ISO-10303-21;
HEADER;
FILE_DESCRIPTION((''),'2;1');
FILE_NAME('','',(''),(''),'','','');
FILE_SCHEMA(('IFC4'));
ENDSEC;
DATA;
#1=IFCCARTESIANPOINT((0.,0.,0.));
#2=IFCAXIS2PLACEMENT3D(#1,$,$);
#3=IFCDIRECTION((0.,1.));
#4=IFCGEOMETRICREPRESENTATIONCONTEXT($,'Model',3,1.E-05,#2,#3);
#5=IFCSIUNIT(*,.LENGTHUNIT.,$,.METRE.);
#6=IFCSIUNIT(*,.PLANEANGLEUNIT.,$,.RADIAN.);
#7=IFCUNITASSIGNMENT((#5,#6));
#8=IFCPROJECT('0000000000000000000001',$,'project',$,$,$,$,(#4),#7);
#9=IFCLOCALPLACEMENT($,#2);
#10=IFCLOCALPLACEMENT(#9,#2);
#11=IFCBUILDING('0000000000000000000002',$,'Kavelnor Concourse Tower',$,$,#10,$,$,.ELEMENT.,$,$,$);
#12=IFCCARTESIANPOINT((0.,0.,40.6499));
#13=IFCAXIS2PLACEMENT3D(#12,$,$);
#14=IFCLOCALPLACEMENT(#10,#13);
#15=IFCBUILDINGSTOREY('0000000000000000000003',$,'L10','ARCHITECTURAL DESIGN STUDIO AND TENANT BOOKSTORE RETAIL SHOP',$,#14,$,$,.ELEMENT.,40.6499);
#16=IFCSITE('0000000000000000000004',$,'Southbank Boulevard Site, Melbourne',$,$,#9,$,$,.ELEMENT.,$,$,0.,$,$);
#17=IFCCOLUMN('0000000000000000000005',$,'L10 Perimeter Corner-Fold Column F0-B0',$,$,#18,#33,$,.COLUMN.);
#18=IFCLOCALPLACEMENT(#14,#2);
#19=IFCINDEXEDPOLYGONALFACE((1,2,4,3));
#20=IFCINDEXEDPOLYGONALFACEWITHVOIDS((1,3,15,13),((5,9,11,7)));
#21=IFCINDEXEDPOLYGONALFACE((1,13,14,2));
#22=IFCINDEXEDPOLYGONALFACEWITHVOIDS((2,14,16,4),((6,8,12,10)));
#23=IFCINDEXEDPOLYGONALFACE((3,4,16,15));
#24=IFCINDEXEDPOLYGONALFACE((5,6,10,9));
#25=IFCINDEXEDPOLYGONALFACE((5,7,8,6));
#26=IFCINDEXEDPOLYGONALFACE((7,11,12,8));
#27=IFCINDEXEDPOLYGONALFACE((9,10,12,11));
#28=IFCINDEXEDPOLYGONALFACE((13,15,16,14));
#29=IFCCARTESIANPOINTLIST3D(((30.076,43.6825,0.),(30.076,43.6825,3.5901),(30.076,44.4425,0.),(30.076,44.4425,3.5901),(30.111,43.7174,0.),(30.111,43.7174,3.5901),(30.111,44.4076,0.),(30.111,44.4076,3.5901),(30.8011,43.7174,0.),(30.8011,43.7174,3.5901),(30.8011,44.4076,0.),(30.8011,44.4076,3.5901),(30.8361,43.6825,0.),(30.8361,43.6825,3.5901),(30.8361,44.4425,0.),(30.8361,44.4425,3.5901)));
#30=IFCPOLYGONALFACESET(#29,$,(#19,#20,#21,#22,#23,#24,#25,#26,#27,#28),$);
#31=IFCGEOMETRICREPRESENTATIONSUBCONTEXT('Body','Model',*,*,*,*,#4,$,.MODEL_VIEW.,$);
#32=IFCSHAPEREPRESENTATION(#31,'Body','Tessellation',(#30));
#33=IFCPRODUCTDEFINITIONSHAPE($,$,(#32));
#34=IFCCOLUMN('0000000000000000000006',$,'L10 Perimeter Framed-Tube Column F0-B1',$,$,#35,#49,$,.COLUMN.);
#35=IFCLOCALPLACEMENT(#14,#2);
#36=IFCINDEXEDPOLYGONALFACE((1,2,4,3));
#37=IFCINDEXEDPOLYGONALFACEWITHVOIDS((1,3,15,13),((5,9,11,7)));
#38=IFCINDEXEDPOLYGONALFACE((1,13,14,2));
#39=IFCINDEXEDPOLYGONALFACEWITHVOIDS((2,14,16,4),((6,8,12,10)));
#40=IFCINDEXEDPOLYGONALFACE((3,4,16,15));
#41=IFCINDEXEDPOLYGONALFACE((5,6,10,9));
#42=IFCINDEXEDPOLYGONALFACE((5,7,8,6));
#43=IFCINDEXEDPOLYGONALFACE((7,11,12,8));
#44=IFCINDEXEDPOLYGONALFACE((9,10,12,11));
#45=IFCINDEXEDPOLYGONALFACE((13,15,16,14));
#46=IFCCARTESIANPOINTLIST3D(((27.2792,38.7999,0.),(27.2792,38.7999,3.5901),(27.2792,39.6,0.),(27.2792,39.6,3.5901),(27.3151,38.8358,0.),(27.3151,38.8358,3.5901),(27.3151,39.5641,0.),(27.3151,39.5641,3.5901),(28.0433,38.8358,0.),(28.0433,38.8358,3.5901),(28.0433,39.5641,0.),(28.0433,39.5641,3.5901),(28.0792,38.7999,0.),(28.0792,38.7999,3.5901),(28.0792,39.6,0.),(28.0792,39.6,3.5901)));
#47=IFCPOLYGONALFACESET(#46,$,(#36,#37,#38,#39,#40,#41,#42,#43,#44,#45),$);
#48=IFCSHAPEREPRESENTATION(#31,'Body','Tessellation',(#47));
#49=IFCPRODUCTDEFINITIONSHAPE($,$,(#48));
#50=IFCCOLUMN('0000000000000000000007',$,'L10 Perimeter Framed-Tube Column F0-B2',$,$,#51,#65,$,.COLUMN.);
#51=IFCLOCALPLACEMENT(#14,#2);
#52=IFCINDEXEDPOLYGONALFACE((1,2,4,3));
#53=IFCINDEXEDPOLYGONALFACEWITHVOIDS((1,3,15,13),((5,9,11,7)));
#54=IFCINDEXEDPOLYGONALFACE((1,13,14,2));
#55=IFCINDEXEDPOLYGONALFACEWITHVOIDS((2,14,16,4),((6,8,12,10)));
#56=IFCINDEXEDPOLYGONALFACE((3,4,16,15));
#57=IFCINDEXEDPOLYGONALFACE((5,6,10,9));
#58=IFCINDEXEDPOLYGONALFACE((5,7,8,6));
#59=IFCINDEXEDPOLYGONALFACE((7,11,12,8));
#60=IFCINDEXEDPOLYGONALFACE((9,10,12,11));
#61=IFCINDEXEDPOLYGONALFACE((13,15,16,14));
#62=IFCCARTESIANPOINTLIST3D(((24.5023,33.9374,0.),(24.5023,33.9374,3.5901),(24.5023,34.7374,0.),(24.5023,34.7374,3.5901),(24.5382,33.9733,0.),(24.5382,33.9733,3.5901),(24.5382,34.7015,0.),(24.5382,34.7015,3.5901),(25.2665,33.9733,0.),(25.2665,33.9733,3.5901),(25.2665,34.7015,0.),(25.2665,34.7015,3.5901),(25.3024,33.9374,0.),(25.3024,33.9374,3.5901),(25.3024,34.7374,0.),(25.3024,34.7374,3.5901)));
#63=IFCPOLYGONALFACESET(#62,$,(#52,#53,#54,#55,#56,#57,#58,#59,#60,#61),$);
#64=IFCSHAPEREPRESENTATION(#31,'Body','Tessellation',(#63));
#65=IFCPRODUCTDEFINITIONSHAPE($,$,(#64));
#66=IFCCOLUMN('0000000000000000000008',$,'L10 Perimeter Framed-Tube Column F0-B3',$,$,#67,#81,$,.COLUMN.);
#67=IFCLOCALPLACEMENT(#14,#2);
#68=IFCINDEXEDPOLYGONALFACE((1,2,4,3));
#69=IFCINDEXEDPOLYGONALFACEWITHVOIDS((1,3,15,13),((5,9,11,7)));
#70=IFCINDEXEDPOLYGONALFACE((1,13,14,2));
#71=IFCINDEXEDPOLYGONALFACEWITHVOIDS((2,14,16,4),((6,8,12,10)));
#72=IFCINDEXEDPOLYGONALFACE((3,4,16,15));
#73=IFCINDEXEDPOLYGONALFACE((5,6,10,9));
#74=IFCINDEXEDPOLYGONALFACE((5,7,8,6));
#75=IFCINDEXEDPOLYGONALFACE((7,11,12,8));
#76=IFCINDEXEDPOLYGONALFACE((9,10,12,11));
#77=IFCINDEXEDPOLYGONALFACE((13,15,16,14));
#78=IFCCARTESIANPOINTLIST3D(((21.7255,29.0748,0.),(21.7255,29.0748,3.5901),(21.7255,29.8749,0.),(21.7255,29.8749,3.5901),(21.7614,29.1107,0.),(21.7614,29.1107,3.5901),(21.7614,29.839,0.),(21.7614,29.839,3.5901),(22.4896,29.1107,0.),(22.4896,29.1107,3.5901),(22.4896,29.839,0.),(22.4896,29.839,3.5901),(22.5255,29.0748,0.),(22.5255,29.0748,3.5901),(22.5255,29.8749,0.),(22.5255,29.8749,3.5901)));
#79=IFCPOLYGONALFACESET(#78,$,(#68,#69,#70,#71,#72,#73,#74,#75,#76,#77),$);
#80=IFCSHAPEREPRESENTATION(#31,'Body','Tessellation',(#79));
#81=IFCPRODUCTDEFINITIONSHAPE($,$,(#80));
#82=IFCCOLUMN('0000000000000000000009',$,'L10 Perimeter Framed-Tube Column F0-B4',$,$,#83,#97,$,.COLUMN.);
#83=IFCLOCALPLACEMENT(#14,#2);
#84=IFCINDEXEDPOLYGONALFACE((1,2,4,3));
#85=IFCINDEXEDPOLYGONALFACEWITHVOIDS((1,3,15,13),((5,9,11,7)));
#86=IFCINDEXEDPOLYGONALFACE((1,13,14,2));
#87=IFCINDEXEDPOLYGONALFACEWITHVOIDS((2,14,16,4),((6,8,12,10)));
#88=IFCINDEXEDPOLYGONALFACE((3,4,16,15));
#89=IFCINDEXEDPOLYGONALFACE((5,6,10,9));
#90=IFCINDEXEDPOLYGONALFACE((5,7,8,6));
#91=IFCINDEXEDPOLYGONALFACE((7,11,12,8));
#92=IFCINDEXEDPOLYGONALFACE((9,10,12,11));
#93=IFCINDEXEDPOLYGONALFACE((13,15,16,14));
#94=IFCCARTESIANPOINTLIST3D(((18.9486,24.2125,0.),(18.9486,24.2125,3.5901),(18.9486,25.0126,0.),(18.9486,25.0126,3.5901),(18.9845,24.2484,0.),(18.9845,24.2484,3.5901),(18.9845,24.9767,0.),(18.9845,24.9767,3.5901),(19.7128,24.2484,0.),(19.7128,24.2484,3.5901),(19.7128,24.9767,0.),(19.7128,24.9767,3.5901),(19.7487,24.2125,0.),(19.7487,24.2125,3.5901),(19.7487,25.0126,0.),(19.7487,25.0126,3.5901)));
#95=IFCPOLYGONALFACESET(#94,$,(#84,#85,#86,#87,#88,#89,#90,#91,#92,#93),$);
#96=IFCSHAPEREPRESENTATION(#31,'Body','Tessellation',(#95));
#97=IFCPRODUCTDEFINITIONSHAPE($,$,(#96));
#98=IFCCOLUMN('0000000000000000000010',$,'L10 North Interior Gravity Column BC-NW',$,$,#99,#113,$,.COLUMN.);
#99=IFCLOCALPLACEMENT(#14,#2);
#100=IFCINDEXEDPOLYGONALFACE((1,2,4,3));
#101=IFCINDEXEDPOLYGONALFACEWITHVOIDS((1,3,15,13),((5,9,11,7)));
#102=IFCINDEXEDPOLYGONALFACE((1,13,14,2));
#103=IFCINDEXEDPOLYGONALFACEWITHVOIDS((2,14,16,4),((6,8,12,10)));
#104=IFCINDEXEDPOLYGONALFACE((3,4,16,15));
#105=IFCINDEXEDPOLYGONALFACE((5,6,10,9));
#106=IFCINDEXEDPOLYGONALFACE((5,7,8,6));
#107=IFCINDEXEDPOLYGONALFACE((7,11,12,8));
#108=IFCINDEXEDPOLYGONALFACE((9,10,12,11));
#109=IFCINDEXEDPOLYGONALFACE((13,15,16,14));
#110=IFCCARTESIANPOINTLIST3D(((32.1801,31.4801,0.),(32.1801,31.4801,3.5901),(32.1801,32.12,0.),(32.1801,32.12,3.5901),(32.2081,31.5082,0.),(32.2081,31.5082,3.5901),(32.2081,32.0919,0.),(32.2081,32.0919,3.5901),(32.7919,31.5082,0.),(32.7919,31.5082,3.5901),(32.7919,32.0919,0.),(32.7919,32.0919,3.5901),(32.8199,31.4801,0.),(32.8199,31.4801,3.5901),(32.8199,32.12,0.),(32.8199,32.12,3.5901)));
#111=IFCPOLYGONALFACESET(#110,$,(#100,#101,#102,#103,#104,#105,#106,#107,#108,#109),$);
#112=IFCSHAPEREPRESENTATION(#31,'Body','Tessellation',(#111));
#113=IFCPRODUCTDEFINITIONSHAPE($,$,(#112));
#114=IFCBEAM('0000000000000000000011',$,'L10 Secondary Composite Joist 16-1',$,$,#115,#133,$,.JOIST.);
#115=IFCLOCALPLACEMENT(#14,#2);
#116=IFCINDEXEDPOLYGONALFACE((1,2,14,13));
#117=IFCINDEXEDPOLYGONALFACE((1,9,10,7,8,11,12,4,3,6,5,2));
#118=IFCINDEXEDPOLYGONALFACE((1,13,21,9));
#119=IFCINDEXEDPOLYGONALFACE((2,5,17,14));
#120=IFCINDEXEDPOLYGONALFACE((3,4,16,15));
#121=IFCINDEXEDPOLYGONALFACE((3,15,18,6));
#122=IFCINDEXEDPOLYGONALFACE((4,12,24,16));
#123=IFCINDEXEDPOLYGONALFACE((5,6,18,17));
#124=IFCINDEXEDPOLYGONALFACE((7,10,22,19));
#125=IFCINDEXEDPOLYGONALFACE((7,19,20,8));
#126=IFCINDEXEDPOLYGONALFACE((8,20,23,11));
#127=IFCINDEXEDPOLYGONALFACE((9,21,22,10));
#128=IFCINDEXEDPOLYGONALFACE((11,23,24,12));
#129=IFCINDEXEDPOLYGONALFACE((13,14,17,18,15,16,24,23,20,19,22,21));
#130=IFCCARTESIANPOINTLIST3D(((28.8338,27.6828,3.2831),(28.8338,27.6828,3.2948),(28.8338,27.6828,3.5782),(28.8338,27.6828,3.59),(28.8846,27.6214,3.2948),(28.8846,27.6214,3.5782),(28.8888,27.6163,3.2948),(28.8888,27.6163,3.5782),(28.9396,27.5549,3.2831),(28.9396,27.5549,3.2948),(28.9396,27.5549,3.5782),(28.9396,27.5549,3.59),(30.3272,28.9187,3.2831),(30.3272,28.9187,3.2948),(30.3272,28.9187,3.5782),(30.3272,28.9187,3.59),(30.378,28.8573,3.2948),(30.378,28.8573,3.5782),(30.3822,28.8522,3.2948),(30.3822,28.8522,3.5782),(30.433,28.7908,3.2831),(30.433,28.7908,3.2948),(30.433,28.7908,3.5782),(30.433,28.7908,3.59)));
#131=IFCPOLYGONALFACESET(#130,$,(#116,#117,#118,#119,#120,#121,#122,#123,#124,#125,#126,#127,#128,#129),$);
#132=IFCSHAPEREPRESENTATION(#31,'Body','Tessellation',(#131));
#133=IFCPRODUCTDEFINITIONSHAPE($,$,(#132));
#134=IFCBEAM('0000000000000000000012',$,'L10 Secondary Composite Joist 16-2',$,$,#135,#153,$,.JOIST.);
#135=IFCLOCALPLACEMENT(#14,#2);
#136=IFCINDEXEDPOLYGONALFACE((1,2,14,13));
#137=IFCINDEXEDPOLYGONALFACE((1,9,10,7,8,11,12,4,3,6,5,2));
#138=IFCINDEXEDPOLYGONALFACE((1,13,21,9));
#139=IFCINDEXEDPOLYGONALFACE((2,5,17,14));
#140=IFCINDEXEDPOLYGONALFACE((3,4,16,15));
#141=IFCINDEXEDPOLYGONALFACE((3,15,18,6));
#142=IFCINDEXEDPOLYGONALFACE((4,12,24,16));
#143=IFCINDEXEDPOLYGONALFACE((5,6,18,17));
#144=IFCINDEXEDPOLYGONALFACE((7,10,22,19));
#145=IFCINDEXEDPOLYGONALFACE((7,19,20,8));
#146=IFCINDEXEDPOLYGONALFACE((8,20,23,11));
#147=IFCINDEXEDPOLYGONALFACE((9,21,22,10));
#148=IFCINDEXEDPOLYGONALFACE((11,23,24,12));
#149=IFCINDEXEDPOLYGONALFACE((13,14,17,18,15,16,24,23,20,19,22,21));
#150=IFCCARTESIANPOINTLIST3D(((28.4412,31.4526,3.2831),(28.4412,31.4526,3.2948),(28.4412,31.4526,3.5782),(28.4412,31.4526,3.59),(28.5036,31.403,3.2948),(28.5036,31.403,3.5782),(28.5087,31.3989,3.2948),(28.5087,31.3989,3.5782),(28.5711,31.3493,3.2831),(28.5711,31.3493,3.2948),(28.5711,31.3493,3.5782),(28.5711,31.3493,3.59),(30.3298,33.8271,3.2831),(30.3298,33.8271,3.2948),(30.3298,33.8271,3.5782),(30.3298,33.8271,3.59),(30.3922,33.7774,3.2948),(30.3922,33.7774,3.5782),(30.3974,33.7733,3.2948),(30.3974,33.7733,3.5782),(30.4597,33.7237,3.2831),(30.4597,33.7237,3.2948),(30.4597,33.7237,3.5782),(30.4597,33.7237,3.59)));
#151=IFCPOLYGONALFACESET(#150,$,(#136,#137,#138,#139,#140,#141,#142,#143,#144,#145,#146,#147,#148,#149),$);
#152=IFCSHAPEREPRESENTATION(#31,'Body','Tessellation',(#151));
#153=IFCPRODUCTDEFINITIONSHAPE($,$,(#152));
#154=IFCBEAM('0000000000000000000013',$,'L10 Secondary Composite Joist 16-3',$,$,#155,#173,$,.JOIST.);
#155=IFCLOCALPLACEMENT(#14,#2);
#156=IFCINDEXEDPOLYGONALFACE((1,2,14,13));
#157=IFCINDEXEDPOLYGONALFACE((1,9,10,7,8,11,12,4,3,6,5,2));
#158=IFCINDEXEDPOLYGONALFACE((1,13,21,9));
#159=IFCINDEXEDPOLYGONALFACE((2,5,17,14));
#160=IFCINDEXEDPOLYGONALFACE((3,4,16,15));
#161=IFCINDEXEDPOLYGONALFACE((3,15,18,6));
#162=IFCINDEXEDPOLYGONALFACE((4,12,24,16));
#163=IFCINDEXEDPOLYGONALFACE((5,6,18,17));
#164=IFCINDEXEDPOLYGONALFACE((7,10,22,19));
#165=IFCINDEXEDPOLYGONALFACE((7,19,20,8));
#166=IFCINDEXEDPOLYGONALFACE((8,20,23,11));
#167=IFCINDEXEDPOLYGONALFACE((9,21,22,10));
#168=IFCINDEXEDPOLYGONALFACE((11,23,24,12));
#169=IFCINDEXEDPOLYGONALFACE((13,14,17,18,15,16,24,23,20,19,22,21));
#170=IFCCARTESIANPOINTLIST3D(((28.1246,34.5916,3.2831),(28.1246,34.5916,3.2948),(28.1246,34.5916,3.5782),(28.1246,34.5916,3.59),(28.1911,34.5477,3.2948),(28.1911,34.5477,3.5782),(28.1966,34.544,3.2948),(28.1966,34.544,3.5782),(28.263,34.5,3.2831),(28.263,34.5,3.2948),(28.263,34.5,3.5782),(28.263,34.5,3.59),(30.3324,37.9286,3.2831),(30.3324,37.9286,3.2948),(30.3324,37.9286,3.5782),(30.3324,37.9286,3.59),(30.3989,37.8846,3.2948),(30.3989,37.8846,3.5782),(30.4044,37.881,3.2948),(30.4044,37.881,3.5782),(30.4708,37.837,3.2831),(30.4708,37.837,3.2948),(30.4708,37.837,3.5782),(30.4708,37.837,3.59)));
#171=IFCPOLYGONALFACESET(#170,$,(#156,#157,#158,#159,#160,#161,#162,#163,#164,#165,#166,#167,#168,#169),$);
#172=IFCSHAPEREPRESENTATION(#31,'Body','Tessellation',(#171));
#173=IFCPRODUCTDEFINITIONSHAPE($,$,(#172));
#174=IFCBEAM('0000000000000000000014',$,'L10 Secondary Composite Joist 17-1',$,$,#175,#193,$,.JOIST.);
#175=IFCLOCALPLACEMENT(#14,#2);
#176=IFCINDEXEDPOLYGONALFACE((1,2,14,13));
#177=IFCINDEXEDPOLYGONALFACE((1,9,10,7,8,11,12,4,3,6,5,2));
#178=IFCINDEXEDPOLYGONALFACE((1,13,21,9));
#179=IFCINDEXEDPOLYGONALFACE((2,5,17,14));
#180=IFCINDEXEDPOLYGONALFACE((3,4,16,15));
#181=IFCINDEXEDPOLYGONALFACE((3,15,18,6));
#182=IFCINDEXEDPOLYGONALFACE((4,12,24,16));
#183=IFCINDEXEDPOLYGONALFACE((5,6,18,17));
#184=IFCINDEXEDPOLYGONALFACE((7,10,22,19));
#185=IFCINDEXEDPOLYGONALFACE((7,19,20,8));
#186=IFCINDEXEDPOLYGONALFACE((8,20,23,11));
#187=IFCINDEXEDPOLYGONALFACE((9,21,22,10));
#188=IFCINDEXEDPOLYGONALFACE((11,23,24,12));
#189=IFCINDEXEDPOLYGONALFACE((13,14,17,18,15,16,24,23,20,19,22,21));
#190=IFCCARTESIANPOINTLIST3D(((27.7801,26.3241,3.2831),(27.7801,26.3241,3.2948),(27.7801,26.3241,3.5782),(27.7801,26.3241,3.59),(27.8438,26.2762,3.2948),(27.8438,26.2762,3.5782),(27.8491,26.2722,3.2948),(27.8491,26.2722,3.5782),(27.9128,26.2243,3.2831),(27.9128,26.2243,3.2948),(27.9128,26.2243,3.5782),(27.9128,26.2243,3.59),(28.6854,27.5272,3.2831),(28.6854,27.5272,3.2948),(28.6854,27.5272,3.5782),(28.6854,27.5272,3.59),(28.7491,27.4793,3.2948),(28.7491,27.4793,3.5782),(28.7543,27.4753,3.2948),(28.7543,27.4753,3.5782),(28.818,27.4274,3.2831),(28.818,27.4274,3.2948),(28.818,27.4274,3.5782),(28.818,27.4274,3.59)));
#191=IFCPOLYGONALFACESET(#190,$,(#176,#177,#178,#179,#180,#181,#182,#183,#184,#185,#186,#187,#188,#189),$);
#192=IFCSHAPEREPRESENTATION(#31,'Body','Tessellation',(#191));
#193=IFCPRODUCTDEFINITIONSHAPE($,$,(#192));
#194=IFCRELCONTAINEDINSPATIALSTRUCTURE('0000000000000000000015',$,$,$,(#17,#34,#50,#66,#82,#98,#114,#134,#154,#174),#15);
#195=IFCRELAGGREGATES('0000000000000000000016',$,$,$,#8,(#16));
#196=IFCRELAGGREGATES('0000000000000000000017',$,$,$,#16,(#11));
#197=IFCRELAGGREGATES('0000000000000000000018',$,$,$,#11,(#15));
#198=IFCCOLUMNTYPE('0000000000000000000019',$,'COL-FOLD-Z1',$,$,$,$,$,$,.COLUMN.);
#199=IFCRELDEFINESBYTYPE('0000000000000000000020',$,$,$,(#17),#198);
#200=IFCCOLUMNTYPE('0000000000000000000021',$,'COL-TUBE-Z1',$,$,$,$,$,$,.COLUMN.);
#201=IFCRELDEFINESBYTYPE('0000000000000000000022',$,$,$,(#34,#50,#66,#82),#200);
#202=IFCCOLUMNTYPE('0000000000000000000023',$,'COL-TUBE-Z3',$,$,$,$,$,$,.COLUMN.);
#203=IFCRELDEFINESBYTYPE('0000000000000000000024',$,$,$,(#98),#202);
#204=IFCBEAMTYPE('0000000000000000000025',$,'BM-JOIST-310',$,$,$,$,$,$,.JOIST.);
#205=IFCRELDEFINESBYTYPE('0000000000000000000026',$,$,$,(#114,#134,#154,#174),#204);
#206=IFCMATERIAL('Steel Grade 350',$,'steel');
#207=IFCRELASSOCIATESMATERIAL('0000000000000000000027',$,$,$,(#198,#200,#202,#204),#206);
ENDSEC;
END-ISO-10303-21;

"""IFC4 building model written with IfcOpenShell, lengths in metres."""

from ifc_helpers import new_model, si_unit, direction, frame, origin, origin_2d, place, context, subcontext, project, spatial, hollow_rectangle, i_section, extrude, material, material_profile, profile_set, type_object, element, save


model = new_model("IFC4")

# Units and contexts
model_context = context("Model", 3, precision=1e-05, world=origin(), true_north=direction((0.0, 1.0)))
body_context = subcontext(model_context, "Body", "Model", "MODEL_VIEW")
ifc_project = project(units=[si_unit("LENGTHUNIT", "METRE"), si_unit("PLANEANGLEUNIT", "RADIAN")], contexts=[model_context])

# Site, building, storey
site_placement = place(None, origin())
site = spatial("IfcSite", under=ifc_project, at=site_placement, Name="Southbank Boulevard Site, Melbourne", CompositionType="ELEMENT", RefElevation=0.0)
building_placement = place(site_placement, origin())
building = spatial("IfcBuilding", under=site, at=building_placement, Name="Kavelnor Concourse Tower", CompositionType="ELEMENT")
storey_placement = place(building_placement, frame((0.0, 0.0, 40.6499)))
storey = spatial("IfcBuildingStorey", under=building, at=storey_placement, Name="L10", Description="ARCHITECTURAL DESIGN STUDIO AND TENANT BOOKSTORE RETAIL SHOP", CompositionType="ELEMENT", Elevation=40.6499)

# Columns
ifc_material_1 = material(Name="Steel Grade 350", Category="steel")
ifc_material_profile_1 = material_profile(ifc_material_1, hollow_rectangle(XDim=0.76, YDim=0.76, WallThickness=0.0349, at=origin_2d()), Name="SHS 760x760x35")
ifc_profile_set_1 = profile_set([ifc_material_profile_1], Name="Steel Grade 350")
column_type_1 = type_object("IfcColumnType", Name="COL-FOLD-Z1", PredefinedType="COLUMN", material=ifc_profile_set_1)
column_1_placement = place(storey_placement, frame((30.4561, 44.0625, 0.0), z_axis=(0.0, 0.0, 1.0), x_axis=(1.0, 0.0, 0.0)))
element("IfcColumn", 1, at=column_1_placement, inside=storey, type_object=column_type_1, Name="L10 Perimeter Corner-Fold Column F0-B0", PredefinedType="COLUMN", context=body_context, shape_type="SweptSolid", body=[
    extrude(hollow_rectangle(XDim=0.76, YDim=0.76, WallThickness=0.0349, at=origin_2d()), origin(), (0.0, 0.0, 1.0), 3.5901),
])
ifc_material_profile_2 = material_profile(ifc_material_1, hollow_rectangle(XDim=0.8, YDim=0.8, WallThickness=0.0359, at=origin_2d()), Name="SHS 800x800x36")
ifc_profile_set_2 = profile_set([ifc_material_profile_2], Name="Steel Grade 350")
column_type_2 = type_object("IfcColumnType", Name="COL-TUBE-Z1", PredefinedType="COLUMN", material=ifc_profile_set_2)
for number, where, z_axis, x_axis, name in (
    (2, (27.6792, 39.2, 0.0), (0.0, 0.0, 1.0), (1.0, 0.0, 0.0), "L10 Perimeter Framed-Tube Column F0-B1"),
    (3, (24.9023, 34.3374, 0.0), (0.0, 0.0, 1.0), (1.0, 0.0, 0.0), "L10 Perimeter Framed-Tube Column F0-B2"),
    (4, (22.1255, 29.4749, 0.0), (0.0, 0.0, 1.0), (1.0, 0.0, 0.0), "L10 Perimeter Framed-Tube Column F0-B3"),
    (5, (19.3486, 24.6125, 0.0), (0.0, 0.0, 1.0), (1.0, 0.0, 0.0), "L10 Perimeter Framed-Tube Column F0-B4"),
):
    element("IfcColumn", number, at=place(storey_placement, frame(where, z_axis=z_axis, x_axis=x_axis)), inside=storey, type_object=column_type_2, Name=name, PredefinedType="COLUMN", context=body_context, shape_type="SweptSolid", body=[
        extrude(hollow_rectangle(XDim=0.8, YDim=0.8, WallThickness=0.0359, at=origin_2d()), origin(), (0.0, 0.0, 1.0), 3.5901),
    ])
ifc_material_profile_3 = material_profile(ifc_material_1, hollow_rectangle(XDim=0.6399, YDim=0.6399, WallThickness=0.0281, at=origin_2d()), Name="SHS 640x640x28")
ifc_profile_set_3 = profile_set([ifc_material_profile_3], Name="Steel Grade 350")
column_type_3 = type_object("IfcColumnType", Name="COL-TUBE-Z3", PredefinedType="COLUMN", material=ifc_profile_set_3)
column_2_placement = place(storey_placement, frame((32.5, 31.8, 0.0), z_axis=(0.0, 0.0, 1.0), x_axis=(1.0, 0.0, 0.0)))
element("IfcColumn", 6, at=column_2_placement, inside=storey, type_object=column_type_3, Name="L10 North Interior Gravity Column BC-NW", PredefinedType="COLUMN", context=body_context, shape_type="SweptSolid", body=[
    extrude(hollow_rectangle(XDim=0.6399, YDim=0.6399, WallThickness=0.0281, at=origin_2d()), origin(), (0.0, 0.0, 1.0), 3.5901),
])

# Beams
ifc_material_profile_4 = material_profile(ifc_material_1, i_section(OverallWidth=0.166, OverallDepth=0.3069, WebThickness=0.0066, FlangeThickness=0.0117, at=origin_2d()), Name="310UB46")
ifc_profile_set_4 = profile_set([ifc_material_profile_4], Name="Steel Grade 350")
beam_type_1 = type_object("IfcBeamType", Name="BM-JOIST-310", PredefinedType="JOIST", material=ifc_profile_set_4)
beam_1_placement = place(storey_placement, frame((30.3801, 28.8547, 3.4365), z_axis=(-0.770416, -0.637542, 0.0), x_axis=(0.637542, -0.770416, 0.0)))
element("IfcBeam", 7, at=beam_1_placement, inside=storey, type_object=beam_type_1, Name="L10 Secondary Composite Joist 16-1", PredefinedType="JOIST", context=body_context, shape_type="SweptSolid", body=[
    extrude(i_section(OverallWidth=0.166, OverallDepth=0.3069, WebThickness=0.0066, FlangeThickness=0.0117, at=origin_2d()), origin(), (0.0, 0.0, 1.0), 1.9385),
])
beam_2_placement = place(storey_placement, frame((30.3948, 33.7754, 3.4365), z_axis=(-0.622494, -0.782624, 0.0), x_axis=(0.782624, -0.622494, 0.0)))
element("IfcBeam", 8, at=beam_2_placement, inside=storey, type_object=beam_type_1, Name="L10 Secondary Composite Joist 16-2", PredefinedType="JOIST", context=body_context, shape_type="SweptSolid", body=[
    extrude(i_section(OverallWidth=0.166, OverallDepth=0.3069, WebThickness=0.0066, FlangeThickness=0.0117, at=origin_2d()), origin(), (0.0, 0.0, 1.0), 3.0339),
])
beam_3_placement = place(storey_placement, frame((30.4016, 37.8828, 3.4365), z_axis=(-0.551782, -0.833988, 0.0), x_axis=(0.833988, -0.551782, 0.0)))
element("IfcBeam", 9, at=beam_3_placement, inside=storey, type_object=beam_type_1, Name="L10 Secondary Composite Joist 16-3", PredefinedType="JOIST", context=body_context, shape_type="SweptSolid", body=[
    extrude(i_section(OverallWidth=0.166, OverallDepth=0.3069, WebThickness=0.0066, FlangeThickness=0.0117, at=origin_2d()), origin(), (0.0, 0.0, 1.0), 4.0012),
])
beam_4_placement = place(storey_placement, frame((28.7517, 27.4773, 3.4365), z_axis=(-0.601245, -0.799065, 0.0), x_axis=(0.799065, -0.601245, 0.0)))
element("IfcBeam", 10, at=beam_4_placement, inside=storey, type_object=beam_type_1, Name="L10 Secondary Composite Joist 17-1", PredefinedType="JOIST", context=body_context, shape_type="SweptSolid", body=[
    extrude(i_section(OverallWidth=0.166, OverallDepth=0.3069, WebThickness=0.0066, FlangeThickness=0.0117, at=origin_2d()), origin(), (0.0, 0.0, 1.0), 1.5056),
])

save(model, "model.ifc")
